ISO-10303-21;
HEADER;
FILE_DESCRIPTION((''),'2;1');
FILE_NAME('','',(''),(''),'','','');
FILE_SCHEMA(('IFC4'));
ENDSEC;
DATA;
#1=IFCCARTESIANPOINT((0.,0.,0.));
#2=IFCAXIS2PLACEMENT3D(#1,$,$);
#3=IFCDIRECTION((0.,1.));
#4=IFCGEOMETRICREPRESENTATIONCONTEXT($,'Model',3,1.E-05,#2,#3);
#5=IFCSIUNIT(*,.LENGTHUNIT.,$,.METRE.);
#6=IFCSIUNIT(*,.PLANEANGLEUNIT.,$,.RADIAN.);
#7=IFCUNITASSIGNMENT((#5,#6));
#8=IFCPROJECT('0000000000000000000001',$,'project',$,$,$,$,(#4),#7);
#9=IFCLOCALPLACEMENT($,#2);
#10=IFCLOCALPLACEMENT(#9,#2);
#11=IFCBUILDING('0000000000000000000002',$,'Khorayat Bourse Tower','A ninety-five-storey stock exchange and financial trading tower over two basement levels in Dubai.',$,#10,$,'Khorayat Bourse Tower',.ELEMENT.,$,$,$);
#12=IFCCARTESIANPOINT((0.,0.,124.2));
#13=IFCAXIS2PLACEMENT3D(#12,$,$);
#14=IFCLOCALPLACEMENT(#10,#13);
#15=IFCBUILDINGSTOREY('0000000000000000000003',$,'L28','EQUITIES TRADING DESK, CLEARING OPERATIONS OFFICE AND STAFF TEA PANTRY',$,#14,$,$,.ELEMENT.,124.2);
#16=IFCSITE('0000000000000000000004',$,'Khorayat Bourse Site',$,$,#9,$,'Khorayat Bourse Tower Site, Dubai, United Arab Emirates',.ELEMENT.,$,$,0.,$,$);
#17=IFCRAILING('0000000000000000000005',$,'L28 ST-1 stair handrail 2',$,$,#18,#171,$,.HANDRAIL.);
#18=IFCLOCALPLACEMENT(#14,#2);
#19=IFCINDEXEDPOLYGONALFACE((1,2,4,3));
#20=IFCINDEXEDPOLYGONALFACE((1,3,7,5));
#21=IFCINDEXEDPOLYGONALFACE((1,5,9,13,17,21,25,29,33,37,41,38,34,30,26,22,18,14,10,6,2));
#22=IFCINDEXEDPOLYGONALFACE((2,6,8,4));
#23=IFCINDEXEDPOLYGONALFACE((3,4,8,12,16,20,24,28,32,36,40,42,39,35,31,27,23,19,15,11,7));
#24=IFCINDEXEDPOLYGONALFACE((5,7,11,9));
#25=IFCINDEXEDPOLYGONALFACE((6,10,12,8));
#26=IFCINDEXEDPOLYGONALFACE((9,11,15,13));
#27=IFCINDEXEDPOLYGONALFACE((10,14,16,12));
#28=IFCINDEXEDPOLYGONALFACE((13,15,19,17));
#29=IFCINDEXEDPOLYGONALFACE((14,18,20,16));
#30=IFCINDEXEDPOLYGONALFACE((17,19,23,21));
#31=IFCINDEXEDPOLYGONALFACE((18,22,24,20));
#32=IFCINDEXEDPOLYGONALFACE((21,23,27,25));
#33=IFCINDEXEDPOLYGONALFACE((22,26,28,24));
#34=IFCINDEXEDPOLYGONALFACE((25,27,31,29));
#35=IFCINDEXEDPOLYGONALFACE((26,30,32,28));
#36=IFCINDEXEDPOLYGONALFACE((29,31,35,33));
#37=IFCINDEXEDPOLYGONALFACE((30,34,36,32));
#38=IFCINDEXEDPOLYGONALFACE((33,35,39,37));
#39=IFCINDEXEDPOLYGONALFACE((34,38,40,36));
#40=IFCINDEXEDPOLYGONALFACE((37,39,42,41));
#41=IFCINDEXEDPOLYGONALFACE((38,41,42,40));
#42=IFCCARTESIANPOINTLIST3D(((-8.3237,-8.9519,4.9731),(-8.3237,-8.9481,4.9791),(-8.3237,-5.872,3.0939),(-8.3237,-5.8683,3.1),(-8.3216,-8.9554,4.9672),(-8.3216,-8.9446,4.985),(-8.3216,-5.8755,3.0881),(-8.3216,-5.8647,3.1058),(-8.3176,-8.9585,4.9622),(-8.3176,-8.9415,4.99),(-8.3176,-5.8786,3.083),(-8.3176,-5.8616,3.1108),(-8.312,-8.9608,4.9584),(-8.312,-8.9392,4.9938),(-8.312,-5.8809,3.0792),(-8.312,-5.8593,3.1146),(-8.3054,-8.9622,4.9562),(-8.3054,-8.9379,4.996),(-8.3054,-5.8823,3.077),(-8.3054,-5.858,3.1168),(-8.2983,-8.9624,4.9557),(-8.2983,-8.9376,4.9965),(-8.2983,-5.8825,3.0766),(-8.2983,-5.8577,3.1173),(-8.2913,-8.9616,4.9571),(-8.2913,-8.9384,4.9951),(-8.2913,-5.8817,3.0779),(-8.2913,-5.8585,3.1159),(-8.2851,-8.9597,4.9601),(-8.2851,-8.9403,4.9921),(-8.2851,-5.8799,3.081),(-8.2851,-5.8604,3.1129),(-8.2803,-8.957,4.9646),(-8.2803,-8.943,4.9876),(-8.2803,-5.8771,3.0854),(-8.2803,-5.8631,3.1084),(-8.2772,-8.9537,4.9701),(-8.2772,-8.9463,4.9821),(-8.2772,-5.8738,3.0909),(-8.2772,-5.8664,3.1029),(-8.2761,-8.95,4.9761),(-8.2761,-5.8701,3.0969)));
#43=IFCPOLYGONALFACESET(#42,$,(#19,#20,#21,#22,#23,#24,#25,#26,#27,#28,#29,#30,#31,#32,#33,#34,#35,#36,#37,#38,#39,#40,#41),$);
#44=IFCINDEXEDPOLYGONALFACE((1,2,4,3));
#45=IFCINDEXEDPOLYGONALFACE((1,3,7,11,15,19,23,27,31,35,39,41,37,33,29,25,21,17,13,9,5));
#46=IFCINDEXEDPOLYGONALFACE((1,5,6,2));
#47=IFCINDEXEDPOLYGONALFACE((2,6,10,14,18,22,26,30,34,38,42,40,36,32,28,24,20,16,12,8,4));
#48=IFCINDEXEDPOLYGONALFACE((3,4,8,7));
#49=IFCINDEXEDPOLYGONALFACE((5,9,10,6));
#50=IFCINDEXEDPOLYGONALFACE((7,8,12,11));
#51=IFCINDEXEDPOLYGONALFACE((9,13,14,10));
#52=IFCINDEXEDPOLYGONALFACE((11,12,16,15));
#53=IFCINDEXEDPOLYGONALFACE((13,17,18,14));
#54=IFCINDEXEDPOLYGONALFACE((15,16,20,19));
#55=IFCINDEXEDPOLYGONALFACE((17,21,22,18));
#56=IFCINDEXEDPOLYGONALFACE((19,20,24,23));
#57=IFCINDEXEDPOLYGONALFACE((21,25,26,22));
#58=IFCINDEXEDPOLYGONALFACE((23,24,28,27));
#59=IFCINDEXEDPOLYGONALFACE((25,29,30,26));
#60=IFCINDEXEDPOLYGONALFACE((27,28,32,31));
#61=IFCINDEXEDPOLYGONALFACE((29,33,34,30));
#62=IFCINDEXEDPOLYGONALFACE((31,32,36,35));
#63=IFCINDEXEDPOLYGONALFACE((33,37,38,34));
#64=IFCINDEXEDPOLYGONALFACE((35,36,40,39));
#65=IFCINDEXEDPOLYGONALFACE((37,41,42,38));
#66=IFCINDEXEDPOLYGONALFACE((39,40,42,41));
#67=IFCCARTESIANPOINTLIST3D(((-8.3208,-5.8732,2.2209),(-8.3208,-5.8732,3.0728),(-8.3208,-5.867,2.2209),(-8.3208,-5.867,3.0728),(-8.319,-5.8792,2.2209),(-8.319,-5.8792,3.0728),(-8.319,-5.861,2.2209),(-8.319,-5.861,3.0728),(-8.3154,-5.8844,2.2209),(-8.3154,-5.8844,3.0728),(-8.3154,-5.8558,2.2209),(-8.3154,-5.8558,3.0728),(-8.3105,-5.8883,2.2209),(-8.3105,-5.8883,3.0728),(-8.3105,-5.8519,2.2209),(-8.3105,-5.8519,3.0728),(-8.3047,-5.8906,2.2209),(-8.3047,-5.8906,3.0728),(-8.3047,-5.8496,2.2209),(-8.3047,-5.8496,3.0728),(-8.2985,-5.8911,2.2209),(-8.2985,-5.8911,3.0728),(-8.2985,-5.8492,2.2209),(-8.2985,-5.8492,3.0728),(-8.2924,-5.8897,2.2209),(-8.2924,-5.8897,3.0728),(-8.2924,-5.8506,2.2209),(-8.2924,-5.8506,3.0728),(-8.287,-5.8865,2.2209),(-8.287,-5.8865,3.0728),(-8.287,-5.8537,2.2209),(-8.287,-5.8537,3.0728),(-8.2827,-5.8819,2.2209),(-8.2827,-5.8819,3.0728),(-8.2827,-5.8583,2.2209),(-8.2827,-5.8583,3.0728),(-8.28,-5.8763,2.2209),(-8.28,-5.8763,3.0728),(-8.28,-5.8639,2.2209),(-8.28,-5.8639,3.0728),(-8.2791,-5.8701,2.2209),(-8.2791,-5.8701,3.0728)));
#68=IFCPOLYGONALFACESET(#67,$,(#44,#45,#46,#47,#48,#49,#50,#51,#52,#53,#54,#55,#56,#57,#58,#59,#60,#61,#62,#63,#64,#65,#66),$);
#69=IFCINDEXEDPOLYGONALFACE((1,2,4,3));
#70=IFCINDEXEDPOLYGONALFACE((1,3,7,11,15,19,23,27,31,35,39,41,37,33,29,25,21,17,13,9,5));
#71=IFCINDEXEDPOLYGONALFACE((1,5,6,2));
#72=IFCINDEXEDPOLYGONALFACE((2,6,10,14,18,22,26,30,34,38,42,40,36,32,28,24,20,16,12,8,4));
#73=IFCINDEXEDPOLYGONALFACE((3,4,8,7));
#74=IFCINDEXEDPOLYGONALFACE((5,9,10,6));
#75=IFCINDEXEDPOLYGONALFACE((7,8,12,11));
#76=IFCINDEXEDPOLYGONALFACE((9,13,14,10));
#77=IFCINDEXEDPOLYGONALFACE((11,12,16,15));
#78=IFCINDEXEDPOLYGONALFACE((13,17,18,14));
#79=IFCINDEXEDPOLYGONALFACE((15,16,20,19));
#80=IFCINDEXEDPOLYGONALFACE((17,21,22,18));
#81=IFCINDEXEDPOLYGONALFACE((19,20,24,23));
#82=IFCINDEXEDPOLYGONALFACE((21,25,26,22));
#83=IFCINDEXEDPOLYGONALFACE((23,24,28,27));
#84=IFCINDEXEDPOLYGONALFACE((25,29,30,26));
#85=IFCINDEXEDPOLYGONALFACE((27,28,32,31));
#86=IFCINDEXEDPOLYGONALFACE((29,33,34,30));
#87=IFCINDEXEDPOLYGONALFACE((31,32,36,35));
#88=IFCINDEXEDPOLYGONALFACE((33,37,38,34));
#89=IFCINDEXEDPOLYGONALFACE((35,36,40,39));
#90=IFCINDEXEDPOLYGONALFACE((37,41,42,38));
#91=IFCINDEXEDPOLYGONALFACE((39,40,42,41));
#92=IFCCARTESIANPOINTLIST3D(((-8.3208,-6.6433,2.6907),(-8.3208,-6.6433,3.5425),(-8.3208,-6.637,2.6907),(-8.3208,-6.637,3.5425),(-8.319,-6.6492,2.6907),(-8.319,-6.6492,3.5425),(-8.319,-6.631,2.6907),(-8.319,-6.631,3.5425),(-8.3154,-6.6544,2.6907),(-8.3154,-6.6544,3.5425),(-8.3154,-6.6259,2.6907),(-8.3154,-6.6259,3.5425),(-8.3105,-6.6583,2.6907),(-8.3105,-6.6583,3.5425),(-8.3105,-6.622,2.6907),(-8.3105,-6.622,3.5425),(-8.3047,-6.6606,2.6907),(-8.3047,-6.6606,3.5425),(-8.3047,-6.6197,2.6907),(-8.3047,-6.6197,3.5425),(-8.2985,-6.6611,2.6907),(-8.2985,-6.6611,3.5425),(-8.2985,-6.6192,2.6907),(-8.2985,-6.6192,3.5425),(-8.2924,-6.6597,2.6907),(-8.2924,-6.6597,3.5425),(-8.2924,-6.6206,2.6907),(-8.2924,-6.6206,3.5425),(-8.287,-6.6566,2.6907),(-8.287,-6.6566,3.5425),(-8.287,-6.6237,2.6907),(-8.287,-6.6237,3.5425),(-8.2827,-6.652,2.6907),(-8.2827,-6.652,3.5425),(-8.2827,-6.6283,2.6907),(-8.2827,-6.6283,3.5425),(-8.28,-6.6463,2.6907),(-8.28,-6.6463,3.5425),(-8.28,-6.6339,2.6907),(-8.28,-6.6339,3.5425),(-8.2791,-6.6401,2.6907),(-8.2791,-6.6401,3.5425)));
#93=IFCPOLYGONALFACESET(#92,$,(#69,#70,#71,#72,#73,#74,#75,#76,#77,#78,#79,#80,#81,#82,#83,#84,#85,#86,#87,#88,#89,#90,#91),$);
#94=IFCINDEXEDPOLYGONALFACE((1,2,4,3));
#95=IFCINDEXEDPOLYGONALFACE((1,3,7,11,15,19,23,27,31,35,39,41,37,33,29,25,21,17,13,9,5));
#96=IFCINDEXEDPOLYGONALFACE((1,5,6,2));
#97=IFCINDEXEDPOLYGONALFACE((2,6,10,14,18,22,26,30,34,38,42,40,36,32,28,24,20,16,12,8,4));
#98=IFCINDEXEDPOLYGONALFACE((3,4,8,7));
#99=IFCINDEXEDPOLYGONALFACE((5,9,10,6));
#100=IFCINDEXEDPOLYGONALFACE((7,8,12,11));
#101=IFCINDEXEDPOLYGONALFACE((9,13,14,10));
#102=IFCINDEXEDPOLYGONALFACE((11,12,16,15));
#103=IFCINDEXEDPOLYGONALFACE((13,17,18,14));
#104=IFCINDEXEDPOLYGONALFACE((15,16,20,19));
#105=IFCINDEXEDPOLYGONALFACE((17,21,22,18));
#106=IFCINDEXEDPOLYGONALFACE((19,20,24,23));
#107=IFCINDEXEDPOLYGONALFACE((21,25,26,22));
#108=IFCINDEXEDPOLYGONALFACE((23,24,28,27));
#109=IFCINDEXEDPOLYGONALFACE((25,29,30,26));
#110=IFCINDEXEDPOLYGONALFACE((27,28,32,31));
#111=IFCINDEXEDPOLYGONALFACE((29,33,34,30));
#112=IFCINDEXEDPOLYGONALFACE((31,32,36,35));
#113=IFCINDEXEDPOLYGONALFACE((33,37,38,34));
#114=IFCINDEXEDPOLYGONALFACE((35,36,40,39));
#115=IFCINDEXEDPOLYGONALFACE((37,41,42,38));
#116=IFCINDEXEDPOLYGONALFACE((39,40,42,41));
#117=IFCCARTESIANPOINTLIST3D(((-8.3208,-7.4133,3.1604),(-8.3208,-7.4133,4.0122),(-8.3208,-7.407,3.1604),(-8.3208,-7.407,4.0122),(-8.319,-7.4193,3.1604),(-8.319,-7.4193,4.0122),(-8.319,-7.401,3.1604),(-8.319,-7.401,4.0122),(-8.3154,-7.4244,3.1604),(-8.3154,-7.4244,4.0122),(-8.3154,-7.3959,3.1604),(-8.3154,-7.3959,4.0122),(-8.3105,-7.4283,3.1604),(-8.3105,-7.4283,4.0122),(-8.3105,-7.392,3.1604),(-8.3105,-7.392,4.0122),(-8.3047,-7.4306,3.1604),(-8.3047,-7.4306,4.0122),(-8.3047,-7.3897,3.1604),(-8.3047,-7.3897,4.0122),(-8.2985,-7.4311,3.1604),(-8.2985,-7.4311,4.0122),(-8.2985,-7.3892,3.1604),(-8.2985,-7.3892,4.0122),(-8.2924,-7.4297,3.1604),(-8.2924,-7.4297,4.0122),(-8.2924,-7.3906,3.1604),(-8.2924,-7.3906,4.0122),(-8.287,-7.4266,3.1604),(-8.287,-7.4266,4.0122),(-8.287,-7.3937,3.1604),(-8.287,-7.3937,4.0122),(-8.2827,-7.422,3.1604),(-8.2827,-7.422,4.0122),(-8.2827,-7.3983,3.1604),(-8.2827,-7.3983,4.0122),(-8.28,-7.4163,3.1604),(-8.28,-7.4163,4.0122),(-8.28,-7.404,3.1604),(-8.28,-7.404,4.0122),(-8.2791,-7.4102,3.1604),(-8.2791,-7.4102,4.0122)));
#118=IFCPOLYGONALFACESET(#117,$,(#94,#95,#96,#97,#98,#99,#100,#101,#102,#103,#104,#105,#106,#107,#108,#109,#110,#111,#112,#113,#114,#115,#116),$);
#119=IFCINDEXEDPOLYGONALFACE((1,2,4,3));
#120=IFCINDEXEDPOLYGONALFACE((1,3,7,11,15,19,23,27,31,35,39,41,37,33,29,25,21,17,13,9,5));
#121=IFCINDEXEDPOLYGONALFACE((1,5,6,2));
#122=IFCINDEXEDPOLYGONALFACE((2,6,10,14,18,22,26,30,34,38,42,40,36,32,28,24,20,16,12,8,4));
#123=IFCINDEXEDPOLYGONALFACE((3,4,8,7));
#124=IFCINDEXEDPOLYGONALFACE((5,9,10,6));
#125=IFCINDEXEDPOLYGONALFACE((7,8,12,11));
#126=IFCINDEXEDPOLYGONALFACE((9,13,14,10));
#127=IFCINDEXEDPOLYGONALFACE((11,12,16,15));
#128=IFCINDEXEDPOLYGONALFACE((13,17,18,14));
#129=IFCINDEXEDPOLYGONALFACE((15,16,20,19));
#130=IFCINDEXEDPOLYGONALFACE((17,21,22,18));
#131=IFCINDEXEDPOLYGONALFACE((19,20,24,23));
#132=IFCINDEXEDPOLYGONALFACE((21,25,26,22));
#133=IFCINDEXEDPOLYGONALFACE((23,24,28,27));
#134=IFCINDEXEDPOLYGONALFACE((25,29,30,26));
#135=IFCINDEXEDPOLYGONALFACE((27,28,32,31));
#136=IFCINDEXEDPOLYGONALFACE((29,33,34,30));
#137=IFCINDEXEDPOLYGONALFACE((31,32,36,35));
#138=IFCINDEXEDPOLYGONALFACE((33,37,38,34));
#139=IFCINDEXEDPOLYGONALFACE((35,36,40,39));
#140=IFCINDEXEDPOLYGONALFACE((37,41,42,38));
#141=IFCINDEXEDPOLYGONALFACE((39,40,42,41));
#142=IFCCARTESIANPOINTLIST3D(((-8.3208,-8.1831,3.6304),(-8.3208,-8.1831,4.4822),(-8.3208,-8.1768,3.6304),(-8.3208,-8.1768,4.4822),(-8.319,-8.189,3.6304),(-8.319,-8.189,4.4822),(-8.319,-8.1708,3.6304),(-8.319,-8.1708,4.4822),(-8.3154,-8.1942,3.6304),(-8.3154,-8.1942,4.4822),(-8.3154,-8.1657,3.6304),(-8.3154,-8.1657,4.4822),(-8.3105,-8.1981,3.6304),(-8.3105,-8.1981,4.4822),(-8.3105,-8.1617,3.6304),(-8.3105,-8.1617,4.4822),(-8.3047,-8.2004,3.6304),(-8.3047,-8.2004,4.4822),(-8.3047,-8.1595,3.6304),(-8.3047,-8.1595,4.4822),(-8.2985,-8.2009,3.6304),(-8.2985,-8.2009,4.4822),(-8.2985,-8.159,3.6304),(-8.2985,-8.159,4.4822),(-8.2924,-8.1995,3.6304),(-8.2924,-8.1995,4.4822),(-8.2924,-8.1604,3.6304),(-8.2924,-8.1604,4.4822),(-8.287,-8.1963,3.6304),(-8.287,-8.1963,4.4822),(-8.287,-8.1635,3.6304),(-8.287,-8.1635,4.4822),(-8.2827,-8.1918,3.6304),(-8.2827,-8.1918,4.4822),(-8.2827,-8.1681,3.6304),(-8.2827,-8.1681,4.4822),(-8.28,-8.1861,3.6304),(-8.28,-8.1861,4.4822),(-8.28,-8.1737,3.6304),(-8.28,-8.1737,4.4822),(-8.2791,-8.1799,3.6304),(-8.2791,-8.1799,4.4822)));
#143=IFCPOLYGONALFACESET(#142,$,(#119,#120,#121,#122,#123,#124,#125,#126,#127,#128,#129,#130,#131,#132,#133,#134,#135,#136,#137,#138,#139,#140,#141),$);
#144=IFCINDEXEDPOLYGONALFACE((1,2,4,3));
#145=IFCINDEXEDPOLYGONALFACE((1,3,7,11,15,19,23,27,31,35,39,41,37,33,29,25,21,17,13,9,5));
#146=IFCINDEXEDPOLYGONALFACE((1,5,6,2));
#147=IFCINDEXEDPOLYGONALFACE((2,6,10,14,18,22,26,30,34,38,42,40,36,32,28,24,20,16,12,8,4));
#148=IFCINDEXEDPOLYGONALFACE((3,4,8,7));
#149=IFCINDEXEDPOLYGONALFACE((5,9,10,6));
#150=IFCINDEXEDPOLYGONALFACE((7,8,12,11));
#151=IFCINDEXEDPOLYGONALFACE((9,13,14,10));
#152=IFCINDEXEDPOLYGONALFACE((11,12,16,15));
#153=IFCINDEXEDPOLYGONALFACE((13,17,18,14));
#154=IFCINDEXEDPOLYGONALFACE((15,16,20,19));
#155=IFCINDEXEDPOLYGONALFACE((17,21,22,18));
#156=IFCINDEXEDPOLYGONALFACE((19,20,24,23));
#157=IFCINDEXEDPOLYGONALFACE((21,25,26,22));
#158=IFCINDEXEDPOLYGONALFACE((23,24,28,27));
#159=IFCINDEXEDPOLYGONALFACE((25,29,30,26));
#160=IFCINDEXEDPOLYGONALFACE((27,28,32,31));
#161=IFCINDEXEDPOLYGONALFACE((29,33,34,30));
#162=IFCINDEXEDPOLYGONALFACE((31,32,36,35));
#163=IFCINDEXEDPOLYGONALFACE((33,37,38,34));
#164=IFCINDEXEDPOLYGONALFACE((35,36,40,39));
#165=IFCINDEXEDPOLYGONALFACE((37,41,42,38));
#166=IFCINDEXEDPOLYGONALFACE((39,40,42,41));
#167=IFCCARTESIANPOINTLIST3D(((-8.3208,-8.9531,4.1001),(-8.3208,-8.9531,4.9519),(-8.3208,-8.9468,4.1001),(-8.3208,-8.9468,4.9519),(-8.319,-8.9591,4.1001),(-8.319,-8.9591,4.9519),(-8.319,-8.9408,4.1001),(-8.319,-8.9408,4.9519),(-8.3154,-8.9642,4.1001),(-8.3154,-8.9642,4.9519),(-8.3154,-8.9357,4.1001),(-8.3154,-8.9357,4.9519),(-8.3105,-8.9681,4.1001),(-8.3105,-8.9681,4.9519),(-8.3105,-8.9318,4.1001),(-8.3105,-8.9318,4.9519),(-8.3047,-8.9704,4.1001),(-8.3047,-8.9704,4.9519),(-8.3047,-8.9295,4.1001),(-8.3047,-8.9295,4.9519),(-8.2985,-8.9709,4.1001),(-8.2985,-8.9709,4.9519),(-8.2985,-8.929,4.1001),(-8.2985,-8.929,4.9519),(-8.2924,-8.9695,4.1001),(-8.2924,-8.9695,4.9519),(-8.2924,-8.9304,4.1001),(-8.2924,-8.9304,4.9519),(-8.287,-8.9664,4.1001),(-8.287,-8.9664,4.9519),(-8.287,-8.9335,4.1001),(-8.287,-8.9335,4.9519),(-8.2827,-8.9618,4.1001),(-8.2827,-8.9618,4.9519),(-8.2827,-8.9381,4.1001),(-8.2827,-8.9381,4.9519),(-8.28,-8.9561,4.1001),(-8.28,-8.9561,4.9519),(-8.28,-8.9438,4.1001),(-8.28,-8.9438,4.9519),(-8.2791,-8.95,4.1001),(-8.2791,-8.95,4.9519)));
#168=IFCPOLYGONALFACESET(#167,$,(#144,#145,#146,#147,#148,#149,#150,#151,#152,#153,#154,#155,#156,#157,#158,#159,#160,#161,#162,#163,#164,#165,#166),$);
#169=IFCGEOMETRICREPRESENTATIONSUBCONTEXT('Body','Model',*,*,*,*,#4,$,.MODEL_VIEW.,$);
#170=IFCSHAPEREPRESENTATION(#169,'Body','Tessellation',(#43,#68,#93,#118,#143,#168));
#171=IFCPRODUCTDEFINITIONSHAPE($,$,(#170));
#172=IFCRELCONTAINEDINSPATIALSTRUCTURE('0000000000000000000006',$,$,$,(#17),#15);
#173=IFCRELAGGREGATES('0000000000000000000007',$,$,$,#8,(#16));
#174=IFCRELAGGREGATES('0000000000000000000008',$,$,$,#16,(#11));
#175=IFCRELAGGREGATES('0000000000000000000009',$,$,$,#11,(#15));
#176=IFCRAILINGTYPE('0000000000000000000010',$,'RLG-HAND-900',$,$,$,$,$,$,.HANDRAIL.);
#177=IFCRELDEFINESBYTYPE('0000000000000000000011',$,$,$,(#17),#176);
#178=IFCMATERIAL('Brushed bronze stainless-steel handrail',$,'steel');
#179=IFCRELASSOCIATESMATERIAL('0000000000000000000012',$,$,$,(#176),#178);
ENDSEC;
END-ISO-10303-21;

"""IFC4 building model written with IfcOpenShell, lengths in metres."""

from ifc_helpers import new_model, si_unit, direction, frame, origin, origin_2d, place, context, subcontext, project, spatial, circle, extrude, source, transform, mapped, material, type_object, element, save


model = new_model("IFC4")

# Units and contexts
model_context = context("Model", 3, precision=1e-05, world=origin(), true_north=direction((0.0, 1.0)))
body_context = subcontext(model_context, "Body", "Model", "MODEL_VIEW")
ifc_project = project(units=[si_unit("LENGTHUNIT", "METRE"), si_unit("PLANEANGLEUNIT", "RADIAN")], contexts=[model_context])

# Site, building, storey
site_placement = place(None, origin())
site = spatial("IfcSite", under=ifc_project, at=site_placement, Name="Khorayat Bourse Site", LongName="Khorayat Bourse Tower Site, Dubai, United Arab Emirates", CompositionType="ELEMENT", RefElevation=0.0)
building_placement = place(site_placement, origin())
building = spatial("IfcBuilding", under=site, at=building_placement, Name="Khorayat Bourse Tower", Description="A ninety-five-storey stock exchange and financial trading tower over two basement levels in Dubai.", LongName="Khorayat Bourse Tower", CompositionType="ELEMENT")
storey_placement = place(building_placement, frame((0.0, 0.0, 124.2)))
storey = spatial("IfcBuildingStorey", under=building, at=storey_placement, Name="L28", Description="EQUITIES TRADING DESK, CLEARING OPERATIONS OFFICE AND STAFF TEA PANTRY", CompositionType="ELEMENT", Elevation=124.2)

# Railing
ifc_material_1 = material(Name="Brushed bronze stainless-steel handrail", Category="steel")
railing_type_1 = type_object("IfcRailingType", Name="RLG-HAND-900", PredefinedType="HANDRAIL", material=ifc_material_1)
shared_shape_1 = source(origin(), body_context, "Body", "SweptSolid", [
    extrude(circle(Radius=0.0239, at=origin_2d()), frame((0.0, 0.0, 0.876), z_axis=(0.0, -0.853648, 0.52085), x_axis=(1.0, 0.0, 0.0)), (0.0, 0.0, 1.0), 3.6079),
    extrude(circle(Radius=0.021, at=origin_2d()), origin(), (0.0, 0.0, 1.0), 0.8518),
    extrude(circle(Radius=0.021, at=origin_2d()), frame((0.0, -0.77, 0.4697)), (0.0, 0.0, 1.0), 0.8518),
    extrude(circle(Radius=0.021, at=origin_2d()), frame((0.0, -1.54, 0.9395)), (0.0, 0.0, 1.0), 0.8518),
    extrude(circle(Radius=0.021, at=origin_2d()), frame((0.0, -2.3098, 1.4094)), (0.0, 0.0, 1.0), 0.8518),
    extrude(circle(Radius=0.021, at=origin_2d()), frame((0.0, -3.0798, 1.8792)), (0.0, 0.0, 1.0), 0.8518),
])
railing_1_placement = place(storey_placement, frame((-8.3, -5.8701, 2.2209)))
element("IfcRailing", 1, at=railing_1_placement, inside=storey, type_object=railing_type_1, Name="L28 ST-1 stair handrail 2", PredefinedType="HANDRAIL", context=body_context, shape_type="MappedRepresentation", body=[
    mapped(shared_shape_1, transform((0.0, 0.0, 0.0), scale=1.0)),
])

save(model, "model.ifc")
